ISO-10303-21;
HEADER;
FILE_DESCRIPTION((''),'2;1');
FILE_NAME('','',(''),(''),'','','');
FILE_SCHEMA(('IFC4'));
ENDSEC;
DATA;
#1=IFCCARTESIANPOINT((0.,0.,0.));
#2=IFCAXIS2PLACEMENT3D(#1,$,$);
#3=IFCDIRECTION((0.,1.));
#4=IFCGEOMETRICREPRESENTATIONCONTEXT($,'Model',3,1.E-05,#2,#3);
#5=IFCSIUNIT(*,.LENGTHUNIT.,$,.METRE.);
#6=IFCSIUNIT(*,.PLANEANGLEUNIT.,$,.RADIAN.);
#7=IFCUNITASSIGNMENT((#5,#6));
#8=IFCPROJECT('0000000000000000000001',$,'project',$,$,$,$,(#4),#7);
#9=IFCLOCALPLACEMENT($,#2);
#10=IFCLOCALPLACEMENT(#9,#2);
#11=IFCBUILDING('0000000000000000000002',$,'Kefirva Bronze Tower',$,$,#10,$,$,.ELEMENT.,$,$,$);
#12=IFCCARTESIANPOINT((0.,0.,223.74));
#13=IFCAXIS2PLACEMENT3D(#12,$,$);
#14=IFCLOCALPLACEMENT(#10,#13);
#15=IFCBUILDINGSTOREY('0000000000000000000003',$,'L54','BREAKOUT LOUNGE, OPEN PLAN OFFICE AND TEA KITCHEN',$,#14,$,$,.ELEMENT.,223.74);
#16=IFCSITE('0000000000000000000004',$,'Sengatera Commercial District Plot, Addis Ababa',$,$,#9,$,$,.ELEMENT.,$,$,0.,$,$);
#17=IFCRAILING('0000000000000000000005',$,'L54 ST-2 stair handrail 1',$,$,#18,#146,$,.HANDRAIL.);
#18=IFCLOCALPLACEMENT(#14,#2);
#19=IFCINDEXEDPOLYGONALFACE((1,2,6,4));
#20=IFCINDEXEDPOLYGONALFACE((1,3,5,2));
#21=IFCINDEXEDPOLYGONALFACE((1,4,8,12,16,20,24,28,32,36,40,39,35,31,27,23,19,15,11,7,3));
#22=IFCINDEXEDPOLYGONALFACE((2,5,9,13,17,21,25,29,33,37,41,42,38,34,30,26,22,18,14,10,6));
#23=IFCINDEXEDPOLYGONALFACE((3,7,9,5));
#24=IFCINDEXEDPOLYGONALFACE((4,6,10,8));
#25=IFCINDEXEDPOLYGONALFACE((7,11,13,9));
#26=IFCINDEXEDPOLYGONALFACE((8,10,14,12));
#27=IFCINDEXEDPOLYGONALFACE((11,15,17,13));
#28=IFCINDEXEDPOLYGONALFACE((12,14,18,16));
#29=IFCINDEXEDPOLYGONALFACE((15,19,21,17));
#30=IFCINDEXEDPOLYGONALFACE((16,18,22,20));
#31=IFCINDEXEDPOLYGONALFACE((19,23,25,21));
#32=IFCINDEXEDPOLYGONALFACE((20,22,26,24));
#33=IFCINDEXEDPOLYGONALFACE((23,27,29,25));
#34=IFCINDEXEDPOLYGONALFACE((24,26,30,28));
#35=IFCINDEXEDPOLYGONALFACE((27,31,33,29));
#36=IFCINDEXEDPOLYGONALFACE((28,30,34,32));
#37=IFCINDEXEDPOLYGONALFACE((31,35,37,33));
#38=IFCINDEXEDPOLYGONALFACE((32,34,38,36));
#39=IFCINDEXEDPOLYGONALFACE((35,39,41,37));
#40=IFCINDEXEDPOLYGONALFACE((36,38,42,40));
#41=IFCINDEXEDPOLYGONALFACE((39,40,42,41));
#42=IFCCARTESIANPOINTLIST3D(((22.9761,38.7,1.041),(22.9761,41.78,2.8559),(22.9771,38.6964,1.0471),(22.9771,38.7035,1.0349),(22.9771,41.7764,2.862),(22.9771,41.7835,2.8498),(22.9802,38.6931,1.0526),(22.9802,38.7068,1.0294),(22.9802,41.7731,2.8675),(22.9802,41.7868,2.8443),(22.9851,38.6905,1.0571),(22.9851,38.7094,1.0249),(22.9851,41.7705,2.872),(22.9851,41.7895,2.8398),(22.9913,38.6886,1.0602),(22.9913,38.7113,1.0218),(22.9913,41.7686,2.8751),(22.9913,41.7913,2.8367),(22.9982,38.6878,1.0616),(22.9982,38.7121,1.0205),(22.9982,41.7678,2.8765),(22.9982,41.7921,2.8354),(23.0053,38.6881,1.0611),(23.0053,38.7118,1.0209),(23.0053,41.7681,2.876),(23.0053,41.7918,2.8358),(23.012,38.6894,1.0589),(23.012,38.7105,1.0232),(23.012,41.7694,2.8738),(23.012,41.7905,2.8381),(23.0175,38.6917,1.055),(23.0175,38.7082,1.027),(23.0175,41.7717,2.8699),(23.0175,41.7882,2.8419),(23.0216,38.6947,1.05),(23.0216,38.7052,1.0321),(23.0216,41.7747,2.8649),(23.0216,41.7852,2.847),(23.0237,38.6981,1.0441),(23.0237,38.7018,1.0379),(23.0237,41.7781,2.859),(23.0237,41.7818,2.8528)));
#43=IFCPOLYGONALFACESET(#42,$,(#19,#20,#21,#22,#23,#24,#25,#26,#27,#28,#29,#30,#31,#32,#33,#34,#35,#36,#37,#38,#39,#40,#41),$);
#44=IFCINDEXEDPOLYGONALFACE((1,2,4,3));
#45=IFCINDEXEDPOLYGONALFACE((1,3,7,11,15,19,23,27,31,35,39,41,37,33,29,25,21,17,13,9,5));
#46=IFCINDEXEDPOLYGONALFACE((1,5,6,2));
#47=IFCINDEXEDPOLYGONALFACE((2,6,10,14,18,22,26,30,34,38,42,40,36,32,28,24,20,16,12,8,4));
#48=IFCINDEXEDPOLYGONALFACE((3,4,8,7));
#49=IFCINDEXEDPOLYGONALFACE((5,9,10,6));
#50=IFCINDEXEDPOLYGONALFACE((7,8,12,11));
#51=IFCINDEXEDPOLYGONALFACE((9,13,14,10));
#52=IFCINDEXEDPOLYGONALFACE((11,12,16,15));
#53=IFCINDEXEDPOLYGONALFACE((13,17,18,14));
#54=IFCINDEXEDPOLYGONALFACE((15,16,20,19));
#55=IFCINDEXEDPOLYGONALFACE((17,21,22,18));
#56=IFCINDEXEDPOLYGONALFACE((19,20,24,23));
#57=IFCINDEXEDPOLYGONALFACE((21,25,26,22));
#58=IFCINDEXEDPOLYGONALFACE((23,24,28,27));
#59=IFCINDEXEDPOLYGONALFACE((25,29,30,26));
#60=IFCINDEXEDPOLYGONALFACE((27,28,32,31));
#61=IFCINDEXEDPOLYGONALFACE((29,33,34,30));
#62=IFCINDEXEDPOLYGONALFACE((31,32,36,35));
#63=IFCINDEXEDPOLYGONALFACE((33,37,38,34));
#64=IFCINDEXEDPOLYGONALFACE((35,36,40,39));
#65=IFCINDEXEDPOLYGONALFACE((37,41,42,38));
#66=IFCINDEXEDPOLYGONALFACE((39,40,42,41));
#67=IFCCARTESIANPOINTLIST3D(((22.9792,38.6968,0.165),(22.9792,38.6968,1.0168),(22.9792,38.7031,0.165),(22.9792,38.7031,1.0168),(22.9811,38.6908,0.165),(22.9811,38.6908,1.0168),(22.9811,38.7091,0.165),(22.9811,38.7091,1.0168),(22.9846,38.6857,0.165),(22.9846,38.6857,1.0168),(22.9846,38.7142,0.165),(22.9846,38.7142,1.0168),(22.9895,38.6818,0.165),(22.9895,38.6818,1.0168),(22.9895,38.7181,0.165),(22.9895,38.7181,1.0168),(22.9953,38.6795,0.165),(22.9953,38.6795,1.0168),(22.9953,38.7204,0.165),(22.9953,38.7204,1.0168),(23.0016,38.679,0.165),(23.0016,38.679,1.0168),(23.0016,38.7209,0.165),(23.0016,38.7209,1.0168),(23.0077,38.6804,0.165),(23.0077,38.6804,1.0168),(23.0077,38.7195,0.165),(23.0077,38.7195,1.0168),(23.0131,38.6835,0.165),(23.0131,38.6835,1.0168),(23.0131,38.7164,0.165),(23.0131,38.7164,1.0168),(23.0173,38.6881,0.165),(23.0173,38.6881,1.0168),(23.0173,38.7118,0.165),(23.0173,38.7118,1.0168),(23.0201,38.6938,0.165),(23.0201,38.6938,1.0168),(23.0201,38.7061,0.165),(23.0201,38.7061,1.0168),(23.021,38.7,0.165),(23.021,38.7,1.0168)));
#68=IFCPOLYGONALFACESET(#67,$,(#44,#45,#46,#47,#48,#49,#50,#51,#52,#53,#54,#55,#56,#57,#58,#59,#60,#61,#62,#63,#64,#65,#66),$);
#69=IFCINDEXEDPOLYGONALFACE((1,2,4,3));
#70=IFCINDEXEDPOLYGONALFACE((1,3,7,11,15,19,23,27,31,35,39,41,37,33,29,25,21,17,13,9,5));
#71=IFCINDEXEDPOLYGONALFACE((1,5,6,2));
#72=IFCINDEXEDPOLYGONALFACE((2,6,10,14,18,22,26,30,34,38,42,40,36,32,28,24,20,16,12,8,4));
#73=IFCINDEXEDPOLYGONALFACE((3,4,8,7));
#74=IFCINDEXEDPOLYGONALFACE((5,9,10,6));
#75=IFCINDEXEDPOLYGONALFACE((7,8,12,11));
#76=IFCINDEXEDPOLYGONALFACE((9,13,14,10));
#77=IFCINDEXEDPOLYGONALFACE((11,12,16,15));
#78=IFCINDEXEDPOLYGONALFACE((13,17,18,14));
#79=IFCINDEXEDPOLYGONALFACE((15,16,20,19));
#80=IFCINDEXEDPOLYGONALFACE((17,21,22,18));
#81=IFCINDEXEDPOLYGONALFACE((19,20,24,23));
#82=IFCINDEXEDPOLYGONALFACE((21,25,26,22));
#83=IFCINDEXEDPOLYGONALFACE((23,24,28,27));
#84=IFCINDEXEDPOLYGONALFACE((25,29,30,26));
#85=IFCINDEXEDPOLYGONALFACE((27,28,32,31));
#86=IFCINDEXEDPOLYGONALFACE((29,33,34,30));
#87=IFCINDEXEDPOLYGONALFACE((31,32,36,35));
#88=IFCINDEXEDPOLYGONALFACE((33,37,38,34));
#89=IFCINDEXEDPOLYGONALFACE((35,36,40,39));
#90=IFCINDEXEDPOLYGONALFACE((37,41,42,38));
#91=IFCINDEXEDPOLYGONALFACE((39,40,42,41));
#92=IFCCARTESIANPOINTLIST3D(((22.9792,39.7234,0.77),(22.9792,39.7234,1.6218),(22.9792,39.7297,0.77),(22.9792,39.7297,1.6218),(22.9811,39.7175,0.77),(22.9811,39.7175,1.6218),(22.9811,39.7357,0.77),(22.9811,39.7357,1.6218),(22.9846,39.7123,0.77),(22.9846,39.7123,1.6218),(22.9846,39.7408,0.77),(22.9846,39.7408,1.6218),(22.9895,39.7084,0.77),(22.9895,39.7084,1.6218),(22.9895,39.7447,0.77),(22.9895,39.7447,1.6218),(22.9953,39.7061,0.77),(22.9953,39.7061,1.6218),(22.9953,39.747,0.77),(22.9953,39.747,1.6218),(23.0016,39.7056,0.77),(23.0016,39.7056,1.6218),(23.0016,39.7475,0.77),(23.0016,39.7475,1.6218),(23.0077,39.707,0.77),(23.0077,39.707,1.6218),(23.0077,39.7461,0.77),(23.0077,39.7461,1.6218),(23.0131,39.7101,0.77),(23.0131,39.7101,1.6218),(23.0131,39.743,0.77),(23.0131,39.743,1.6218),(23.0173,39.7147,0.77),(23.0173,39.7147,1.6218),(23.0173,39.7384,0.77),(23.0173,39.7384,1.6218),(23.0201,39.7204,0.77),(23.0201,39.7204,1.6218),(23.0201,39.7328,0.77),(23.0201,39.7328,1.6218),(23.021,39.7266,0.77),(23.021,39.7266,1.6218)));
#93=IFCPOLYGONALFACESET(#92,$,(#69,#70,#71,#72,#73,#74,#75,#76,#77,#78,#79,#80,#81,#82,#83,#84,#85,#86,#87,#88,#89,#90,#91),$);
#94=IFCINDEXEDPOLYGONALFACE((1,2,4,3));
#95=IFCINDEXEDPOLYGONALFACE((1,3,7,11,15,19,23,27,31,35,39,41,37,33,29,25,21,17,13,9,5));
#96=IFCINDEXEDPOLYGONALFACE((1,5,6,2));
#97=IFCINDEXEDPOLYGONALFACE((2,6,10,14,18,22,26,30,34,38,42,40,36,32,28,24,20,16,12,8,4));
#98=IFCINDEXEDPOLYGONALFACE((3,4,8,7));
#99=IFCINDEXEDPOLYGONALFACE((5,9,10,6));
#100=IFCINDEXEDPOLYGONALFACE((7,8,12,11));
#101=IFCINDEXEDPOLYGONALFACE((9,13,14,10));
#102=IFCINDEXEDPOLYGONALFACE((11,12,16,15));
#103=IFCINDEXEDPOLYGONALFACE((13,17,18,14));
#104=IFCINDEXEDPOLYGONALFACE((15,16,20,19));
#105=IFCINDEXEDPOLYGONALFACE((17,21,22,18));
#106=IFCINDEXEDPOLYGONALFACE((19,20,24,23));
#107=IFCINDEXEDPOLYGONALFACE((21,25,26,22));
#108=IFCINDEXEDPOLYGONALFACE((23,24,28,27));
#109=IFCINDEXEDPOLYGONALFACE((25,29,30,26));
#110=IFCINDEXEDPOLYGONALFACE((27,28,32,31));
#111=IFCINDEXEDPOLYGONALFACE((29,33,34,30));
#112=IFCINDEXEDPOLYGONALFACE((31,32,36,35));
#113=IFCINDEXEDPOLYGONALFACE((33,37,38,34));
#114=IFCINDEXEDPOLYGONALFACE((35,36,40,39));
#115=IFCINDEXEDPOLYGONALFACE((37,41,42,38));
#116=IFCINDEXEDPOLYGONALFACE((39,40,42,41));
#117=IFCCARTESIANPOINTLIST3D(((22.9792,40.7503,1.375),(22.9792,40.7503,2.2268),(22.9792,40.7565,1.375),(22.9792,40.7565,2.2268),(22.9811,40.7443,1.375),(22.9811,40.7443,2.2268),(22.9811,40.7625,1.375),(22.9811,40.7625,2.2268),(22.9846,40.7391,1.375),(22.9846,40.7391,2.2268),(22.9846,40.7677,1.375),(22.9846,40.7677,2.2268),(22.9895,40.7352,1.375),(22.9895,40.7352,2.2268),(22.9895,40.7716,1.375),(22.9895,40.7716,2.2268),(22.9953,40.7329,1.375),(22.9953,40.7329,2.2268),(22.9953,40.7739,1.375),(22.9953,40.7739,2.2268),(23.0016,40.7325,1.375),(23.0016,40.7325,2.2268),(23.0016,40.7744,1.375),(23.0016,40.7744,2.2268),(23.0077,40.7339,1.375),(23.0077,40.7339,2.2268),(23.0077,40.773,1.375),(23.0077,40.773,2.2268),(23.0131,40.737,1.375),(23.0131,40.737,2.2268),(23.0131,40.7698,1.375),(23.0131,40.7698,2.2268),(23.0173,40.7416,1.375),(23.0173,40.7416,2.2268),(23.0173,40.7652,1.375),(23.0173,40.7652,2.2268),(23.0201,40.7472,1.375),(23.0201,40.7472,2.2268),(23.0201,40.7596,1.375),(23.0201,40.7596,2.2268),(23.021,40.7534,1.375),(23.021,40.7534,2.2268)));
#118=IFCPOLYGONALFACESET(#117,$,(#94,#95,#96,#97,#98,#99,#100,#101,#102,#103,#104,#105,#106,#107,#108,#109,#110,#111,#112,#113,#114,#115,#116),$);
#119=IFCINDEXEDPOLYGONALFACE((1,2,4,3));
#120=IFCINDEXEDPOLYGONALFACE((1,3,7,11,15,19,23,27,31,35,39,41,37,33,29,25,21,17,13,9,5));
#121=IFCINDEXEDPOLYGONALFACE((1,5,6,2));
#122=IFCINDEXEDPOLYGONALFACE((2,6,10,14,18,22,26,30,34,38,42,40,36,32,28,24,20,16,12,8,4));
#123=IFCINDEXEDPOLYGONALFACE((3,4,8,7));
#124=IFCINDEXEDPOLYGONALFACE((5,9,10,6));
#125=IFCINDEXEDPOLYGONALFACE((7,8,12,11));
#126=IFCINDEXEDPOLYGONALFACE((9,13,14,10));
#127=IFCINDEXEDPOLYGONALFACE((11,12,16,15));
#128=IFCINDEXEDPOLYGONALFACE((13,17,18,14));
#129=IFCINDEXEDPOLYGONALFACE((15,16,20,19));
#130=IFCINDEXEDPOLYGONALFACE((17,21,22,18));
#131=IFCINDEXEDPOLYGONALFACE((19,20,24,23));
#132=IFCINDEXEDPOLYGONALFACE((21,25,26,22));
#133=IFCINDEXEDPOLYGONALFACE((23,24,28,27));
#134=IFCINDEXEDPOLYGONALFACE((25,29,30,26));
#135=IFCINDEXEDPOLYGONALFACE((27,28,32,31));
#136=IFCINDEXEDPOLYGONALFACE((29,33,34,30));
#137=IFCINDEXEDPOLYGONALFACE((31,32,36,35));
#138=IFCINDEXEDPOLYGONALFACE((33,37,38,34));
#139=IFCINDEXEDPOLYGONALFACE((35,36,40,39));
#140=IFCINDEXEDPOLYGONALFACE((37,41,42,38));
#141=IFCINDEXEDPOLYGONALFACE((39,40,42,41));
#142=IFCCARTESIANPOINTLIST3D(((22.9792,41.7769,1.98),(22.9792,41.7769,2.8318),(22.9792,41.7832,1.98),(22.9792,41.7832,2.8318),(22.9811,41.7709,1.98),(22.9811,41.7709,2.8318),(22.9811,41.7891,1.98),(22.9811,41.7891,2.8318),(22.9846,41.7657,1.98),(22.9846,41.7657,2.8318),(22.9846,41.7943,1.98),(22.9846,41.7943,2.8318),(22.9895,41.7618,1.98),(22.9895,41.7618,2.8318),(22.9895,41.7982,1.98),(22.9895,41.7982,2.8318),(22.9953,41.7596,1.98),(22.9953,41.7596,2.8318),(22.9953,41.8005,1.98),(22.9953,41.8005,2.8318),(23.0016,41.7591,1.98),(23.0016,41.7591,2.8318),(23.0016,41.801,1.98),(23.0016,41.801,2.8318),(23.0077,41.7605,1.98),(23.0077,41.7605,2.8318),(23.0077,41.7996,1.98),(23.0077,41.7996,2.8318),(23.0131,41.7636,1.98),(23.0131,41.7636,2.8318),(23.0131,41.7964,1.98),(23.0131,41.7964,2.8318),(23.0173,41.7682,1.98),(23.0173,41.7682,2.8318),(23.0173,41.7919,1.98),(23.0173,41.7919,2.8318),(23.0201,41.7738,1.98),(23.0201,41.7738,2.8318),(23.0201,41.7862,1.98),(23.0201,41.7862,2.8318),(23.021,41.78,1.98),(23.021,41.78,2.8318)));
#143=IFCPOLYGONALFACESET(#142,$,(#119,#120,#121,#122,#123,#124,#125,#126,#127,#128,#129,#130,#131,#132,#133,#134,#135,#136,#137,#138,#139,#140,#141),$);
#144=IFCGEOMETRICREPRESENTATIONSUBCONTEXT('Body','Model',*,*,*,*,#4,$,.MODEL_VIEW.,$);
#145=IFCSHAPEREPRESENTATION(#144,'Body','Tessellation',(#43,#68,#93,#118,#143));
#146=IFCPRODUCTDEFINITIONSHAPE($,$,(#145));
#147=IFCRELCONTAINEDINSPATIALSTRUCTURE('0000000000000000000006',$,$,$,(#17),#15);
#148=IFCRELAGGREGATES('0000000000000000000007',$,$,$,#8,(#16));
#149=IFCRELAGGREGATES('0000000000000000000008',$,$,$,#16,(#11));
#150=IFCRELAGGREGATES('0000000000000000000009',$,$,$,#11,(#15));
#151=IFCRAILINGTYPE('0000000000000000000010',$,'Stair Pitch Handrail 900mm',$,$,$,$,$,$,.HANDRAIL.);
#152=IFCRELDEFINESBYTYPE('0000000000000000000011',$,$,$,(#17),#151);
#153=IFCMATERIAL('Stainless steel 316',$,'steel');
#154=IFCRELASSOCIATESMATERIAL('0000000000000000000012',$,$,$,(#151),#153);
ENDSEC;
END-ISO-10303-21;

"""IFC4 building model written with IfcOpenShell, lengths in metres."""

from ifc_helpers import new_model, si_unit, direction, frame, origin, origin_2d, place, context, subcontext, project, spatial, circle, extrude, material, type_object, element, save


model = new_model("IFC4")

# Units and contexts
model_context = context("Model", 3, precision=1e-05, world=origin(), true_north=direction((0.0, 1.0)))
body_context = subcontext(model_context, "Body", "Model", "MODEL_VIEW")
ifc_project = project(units=[si_unit("LENGTHUNIT", "METRE"), si_unit("PLANEANGLEUNIT", "RADIAN")], contexts=[model_context])

# Site, building, storey
site_placement = place(None, origin())
site = spatial("IfcSite", under=ifc_project, at=site_placement, Name="Sengatera Commercial District Plot, Addis Ababa", CompositionType="ELEMENT", RefElevation=0.0)
building_placement = place(site_placement, origin())
building = spatial("IfcBuilding", under=site, at=building_placement, Name="Kefirva Bronze Tower", CompositionType="ELEMENT")
storey_placement = place(building_placement, frame((0.0, 0.0, 223.74)))
storey = spatial("IfcBuildingStorey", under=building, at=storey_placement, Name="L54", Description="BREAKOUT LOUNGE, OPEN PLAN OFFICE AND TEA KITCHEN", CompositionType="ELEMENT", Elevation=223.74)

# Railing
ifc_material_1 = material(Name="Stainless steel 316", Category="steel")
railing_type_1 = type_object("IfcRailingType", Name="Stair Pitch Handrail 900mm", PredefinedType="HANDRAIL", material=ifc_material_1)
railing_1_placement = place(storey_placement, frame((23.0, 38.7, 0.165)))
element("IfcRailing", 1, at=railing_1_placement, inside=storey, type_object=railing_type_1, Name="L54 ST-2 stair handrail 1", PredefinedType="HANDRAIL", context=body_context, shape_type="SweptSolid", body=[
    extrude(circle(Radius=0.0239, at=origin_2d()), frame((0.0, 0.0, 0.876), z_axis=(0.0, 0.861551, 0.507671), x_axis=(-1.0, 0.0, 0.0)), (0.0, 0.0, 1.0), 3.575),
    extrude(circle(Radius=0.021, at=origin_2d()), origin(), (0.0, 0.0, 1.0), 0.8518),
    extrude(circle(Radius=0.021, at=origin_2d()), frame((0.0, 1.0266, 0.605)), (0.0, 0.0, 1.0), 0.8518),
    extrude(circle(Radius=0.021, at=origin_2d()), frame((0.0, 2.0535, 1.21)), (0.0, 0.0, 1.0), 0.8518),
    extrude(circle(Radius=0.021, at=origin_2d()), frame((0.0, 3.0801, 1.8149)), (0.0, 0.0, 1.0), 0.8518),
])

save(model, "model.ifc")
